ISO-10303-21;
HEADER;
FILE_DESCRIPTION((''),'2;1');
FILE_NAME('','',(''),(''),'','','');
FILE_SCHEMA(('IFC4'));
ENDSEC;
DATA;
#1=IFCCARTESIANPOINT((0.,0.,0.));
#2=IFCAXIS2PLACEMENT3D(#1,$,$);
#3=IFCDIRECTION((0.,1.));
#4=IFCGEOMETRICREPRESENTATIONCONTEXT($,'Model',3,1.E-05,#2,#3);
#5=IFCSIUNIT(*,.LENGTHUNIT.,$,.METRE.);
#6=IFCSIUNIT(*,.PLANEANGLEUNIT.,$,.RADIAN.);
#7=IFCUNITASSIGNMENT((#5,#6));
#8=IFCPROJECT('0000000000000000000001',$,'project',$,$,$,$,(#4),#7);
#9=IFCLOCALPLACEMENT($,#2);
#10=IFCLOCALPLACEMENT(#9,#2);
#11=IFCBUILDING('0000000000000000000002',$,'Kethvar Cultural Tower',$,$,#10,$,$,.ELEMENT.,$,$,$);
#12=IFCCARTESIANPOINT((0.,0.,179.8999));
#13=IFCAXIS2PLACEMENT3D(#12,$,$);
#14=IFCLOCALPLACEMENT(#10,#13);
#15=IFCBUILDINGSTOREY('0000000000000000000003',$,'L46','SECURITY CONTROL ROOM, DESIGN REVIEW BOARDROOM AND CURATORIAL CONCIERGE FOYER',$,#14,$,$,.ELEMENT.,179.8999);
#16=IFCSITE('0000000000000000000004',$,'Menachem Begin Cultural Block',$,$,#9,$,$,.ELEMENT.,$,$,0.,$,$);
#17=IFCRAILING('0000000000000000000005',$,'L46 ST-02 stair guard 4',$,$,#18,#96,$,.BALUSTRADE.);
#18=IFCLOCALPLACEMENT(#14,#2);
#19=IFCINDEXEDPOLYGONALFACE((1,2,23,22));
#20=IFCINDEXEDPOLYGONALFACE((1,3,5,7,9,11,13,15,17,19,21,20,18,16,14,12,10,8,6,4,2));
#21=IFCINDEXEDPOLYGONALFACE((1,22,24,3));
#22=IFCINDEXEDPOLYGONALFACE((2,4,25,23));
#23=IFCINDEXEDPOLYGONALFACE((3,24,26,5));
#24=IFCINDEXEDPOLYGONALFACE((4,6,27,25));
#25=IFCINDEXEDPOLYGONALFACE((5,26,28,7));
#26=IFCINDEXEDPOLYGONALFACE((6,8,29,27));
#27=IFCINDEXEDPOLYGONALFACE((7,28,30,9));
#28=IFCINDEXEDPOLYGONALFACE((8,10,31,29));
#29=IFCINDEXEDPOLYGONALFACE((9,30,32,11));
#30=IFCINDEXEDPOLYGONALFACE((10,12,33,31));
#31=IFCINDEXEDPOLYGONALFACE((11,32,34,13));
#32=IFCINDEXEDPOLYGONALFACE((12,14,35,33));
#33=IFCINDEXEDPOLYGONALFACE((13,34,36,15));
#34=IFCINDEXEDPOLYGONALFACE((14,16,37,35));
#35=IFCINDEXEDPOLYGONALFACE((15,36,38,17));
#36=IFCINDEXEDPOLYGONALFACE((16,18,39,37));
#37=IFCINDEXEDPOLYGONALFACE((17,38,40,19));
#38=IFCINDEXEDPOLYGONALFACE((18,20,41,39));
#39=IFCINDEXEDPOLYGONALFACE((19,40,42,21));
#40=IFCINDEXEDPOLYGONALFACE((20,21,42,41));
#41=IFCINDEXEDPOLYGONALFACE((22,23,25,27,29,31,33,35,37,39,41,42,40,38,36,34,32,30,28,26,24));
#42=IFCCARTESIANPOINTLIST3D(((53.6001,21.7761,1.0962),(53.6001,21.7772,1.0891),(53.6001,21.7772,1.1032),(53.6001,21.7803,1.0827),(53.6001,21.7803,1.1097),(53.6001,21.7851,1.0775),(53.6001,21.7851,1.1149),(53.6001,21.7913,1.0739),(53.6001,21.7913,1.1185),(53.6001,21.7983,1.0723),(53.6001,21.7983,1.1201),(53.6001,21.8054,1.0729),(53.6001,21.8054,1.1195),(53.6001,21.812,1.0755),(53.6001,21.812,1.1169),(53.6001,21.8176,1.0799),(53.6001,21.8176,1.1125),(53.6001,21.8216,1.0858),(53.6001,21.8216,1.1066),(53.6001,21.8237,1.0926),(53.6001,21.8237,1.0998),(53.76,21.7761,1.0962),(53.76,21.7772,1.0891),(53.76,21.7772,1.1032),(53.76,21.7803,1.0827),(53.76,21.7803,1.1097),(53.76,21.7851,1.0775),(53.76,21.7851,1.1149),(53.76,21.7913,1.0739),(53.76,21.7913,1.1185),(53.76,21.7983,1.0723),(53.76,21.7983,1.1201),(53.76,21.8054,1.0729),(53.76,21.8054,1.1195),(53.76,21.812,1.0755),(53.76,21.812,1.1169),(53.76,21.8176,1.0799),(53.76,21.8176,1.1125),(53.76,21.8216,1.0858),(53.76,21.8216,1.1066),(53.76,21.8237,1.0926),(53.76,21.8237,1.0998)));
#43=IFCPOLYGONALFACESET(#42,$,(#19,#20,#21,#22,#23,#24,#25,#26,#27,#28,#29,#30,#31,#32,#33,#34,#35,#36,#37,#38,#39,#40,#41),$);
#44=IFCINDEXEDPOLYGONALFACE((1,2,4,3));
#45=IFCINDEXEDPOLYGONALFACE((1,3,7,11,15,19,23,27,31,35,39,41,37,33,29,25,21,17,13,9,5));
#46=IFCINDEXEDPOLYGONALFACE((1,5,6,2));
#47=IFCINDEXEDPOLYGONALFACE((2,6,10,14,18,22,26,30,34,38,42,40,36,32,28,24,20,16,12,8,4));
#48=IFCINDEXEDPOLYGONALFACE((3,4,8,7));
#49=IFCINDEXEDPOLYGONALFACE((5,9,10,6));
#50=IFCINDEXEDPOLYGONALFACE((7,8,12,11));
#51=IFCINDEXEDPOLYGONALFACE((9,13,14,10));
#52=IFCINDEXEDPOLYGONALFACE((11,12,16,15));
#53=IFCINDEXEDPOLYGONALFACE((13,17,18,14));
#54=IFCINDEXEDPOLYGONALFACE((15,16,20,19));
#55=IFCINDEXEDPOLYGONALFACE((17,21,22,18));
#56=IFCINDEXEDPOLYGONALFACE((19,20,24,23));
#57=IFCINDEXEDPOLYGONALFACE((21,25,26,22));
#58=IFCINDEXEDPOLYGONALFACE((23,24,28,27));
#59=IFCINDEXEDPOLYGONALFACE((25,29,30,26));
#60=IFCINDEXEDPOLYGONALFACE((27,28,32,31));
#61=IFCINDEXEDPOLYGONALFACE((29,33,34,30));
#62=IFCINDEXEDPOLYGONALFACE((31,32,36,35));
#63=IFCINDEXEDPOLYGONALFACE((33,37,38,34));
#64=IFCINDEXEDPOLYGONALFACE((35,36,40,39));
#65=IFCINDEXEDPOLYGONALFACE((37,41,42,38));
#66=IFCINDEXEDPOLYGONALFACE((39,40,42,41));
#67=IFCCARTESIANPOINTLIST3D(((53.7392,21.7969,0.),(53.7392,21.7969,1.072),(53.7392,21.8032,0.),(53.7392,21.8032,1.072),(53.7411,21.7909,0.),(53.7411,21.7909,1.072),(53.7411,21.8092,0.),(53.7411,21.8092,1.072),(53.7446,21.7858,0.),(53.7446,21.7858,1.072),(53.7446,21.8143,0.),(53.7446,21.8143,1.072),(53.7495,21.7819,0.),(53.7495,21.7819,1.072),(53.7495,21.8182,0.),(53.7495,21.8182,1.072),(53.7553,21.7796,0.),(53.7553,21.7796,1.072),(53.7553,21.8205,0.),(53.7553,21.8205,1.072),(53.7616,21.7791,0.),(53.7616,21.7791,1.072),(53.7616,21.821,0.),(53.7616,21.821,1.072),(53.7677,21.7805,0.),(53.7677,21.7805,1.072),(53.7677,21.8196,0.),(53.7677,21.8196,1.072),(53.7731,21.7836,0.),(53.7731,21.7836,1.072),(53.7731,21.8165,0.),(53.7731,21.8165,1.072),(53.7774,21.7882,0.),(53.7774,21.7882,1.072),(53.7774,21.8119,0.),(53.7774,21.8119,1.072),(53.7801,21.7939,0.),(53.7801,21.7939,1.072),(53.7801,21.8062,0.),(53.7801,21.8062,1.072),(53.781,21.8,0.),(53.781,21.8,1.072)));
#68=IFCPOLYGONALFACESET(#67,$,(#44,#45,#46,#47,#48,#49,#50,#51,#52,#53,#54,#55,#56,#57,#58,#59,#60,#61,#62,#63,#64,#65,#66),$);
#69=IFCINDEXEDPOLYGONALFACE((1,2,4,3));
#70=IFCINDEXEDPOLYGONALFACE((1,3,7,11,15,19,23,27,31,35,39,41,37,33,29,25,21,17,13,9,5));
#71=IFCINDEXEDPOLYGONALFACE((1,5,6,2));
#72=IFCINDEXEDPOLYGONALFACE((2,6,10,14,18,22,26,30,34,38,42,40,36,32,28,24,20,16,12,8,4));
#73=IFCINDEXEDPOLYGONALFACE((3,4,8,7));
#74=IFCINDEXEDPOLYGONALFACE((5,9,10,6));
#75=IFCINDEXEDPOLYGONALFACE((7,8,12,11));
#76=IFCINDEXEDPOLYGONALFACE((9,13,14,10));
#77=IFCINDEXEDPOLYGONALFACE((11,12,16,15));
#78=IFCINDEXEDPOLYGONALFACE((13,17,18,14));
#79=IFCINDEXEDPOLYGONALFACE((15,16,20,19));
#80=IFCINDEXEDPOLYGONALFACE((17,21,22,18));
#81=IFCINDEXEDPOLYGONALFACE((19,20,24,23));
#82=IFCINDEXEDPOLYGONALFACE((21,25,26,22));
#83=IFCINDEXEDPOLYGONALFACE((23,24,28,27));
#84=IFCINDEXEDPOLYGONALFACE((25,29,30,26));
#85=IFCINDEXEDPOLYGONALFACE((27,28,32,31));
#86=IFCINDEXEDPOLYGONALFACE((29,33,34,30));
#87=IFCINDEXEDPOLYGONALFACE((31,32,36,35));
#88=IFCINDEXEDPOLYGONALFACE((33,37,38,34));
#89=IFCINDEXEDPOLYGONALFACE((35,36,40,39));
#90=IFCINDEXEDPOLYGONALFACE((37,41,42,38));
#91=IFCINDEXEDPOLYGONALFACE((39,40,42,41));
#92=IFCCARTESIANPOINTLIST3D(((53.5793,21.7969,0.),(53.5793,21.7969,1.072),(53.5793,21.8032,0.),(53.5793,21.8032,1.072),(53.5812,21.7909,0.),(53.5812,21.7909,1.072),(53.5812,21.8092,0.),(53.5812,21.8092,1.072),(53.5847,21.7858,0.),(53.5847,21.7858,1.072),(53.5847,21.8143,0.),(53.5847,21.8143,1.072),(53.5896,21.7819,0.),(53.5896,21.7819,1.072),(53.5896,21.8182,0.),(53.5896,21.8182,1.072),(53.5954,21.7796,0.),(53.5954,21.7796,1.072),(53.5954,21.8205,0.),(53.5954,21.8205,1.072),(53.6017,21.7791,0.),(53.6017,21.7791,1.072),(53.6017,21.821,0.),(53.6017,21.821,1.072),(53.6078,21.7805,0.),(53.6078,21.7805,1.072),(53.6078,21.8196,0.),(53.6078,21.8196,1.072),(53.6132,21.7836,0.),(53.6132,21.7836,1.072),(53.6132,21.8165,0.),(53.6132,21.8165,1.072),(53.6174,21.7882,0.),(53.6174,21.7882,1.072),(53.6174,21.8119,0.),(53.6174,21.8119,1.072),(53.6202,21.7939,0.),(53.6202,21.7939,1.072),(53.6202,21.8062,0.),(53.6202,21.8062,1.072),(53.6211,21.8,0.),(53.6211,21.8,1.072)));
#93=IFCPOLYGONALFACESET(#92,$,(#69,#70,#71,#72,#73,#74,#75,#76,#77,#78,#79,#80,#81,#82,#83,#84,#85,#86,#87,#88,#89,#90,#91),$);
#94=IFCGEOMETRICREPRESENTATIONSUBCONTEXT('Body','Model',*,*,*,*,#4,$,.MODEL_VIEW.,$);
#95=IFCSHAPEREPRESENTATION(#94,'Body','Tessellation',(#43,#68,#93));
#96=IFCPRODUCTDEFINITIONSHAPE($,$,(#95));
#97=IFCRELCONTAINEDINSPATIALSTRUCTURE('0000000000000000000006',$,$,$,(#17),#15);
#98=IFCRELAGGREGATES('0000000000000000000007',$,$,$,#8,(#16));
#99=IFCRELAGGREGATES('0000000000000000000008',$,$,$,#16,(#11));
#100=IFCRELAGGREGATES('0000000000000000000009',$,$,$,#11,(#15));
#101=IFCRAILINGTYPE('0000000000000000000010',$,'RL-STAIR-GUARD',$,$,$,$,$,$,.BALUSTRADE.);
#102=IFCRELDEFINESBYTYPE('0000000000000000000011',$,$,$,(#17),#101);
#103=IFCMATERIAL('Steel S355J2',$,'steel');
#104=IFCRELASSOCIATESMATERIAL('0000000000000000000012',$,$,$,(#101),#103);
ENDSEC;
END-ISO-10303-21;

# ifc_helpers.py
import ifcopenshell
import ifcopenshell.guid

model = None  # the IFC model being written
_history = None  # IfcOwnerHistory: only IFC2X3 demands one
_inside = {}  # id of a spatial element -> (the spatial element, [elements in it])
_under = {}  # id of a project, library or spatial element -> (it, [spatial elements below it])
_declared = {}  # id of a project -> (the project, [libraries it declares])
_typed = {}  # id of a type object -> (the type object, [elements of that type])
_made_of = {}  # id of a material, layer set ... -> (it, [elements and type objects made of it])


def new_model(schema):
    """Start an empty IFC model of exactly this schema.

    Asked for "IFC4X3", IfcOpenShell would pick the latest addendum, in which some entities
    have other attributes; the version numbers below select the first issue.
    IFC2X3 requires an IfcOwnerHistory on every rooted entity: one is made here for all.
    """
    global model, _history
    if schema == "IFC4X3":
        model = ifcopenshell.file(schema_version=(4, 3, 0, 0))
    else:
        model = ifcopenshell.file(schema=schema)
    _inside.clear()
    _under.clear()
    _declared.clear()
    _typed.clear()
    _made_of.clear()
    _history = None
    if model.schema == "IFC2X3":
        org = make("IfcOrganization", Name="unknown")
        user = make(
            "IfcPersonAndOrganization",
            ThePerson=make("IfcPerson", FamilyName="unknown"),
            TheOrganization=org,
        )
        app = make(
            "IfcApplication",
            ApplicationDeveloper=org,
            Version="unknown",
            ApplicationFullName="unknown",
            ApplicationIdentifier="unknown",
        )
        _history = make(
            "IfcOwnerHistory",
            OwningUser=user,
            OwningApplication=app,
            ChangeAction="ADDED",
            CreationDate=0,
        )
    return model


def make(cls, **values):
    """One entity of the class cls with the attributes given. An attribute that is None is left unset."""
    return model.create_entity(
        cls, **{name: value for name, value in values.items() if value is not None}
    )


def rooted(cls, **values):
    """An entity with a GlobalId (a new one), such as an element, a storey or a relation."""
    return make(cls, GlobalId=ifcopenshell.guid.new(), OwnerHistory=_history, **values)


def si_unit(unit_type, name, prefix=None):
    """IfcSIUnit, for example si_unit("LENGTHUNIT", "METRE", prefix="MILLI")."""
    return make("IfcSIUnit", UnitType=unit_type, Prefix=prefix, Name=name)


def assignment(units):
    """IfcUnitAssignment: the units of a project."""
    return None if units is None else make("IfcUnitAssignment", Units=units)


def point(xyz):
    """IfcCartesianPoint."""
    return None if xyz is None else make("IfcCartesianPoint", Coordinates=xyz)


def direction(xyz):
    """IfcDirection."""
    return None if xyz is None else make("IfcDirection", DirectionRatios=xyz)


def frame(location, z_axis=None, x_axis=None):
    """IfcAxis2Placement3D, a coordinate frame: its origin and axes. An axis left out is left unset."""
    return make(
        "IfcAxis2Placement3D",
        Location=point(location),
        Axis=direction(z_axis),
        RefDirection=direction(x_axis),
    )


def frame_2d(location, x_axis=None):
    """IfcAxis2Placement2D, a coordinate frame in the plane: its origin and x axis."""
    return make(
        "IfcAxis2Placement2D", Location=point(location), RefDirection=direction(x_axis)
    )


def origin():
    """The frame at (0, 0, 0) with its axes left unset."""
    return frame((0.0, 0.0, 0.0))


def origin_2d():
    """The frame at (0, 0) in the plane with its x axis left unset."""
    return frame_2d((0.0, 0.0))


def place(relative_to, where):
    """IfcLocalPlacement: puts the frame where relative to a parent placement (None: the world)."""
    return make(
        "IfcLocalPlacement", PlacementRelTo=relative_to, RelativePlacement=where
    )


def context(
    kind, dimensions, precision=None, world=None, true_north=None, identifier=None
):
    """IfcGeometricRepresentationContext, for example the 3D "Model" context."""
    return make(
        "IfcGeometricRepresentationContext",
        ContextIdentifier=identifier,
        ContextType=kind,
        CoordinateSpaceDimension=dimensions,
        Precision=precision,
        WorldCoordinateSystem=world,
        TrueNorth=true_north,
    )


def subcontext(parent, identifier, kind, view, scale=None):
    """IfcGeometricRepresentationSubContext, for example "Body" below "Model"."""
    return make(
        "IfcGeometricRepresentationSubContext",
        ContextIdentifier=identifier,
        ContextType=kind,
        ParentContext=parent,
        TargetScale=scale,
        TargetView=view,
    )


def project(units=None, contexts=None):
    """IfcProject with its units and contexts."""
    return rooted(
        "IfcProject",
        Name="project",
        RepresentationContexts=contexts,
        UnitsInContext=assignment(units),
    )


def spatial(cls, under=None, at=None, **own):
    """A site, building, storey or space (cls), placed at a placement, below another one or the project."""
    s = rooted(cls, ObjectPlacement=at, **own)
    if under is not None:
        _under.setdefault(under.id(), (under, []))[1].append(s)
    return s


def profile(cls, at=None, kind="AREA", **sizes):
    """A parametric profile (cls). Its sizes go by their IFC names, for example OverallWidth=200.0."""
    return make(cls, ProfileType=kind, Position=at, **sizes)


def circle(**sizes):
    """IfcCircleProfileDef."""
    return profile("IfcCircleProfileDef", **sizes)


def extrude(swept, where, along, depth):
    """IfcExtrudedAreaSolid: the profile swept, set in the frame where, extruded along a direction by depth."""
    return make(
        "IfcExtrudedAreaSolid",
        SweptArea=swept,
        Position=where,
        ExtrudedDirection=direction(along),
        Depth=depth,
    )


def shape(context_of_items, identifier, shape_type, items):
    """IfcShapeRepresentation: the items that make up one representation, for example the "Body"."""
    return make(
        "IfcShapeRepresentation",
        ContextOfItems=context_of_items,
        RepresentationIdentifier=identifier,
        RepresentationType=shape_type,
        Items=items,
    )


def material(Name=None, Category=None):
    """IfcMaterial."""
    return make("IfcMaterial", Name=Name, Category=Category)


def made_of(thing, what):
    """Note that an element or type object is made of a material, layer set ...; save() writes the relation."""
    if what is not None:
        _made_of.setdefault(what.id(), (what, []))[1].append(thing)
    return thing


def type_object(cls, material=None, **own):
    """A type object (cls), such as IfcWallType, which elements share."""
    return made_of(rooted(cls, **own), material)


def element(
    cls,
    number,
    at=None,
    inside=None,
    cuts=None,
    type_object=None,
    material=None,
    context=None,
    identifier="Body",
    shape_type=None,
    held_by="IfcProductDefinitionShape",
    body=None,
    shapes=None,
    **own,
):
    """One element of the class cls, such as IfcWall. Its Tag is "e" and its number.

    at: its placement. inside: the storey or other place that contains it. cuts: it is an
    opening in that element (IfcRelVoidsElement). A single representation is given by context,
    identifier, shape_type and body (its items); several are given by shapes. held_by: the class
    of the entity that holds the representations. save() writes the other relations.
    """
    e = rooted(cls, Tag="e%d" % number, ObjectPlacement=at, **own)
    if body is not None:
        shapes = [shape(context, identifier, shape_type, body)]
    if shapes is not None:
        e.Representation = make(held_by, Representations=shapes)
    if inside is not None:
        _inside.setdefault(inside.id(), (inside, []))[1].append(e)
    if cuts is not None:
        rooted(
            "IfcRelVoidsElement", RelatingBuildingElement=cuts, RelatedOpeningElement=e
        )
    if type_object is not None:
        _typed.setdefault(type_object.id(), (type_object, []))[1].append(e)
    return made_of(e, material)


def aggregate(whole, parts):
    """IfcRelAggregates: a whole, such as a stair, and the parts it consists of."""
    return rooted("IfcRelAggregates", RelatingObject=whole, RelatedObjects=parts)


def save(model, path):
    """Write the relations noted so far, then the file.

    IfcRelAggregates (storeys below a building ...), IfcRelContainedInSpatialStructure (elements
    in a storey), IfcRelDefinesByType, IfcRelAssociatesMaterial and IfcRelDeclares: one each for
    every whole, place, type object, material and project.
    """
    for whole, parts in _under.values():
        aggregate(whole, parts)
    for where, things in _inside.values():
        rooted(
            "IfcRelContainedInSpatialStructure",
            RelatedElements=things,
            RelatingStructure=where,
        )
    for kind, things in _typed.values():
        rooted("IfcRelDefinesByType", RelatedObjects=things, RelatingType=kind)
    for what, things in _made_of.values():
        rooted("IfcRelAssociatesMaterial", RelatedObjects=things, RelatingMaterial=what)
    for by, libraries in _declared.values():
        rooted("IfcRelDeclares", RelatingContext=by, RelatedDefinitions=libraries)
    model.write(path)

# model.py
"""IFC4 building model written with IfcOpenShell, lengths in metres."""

from ifc_helpers import new_model, si_unit, direction, frame, origin, origin_2d, place, context, subcontext, project, spatial, circle, extrude, material, type_object, element, save


model = new_model("IFC4")

# Units and contexts
model_context = context("Model", 3, precision=1e-05, world=origin(), true_north=direction((0.0, 1.0)))
body_context = subcontext(model_context, "Body", "Model", "MODEL_VIEW")
ifc_project = project(units=[si_unit("LENGTHUNIT", "METRE"), si_unit("PLANEANGLEUNIT", "RADIAN")], contexts=[model_context])

# Site, building, storey
site_placement = place(None, origin())
site = spatial("IfcSite", under=ifc_project, at=site_placement, Name="Menachem Begin Cultural Block", CompositionType="ELEMENT", RefElevation=0.0)
building_placement = place(site_placement, origin())
building = spatial("IfcBuilding", under=site, at=building_placement, Name="Kethvar Cultural Tower", CompositionType="ELEMENT")
storey_placement = place(building_placement, frame((0.0, 0.0, 179.8999)))
storey = spatial("IfcBuildingStorey", under=building, at=storey_placement, Name="L46", Description="SECURITY CONTROL ROOM, DESIGN REVIEW BOARDROOM AND CURATORIAL CONCIERGE FOYER", CompositionType="ELEMENT", Elevation=179.8999)

# Shared definitions
ifc_material_1 = material(Name="Steel S355J2", Category="steel")

# Railing
railing_type_1 = type_object("IfcRailingType", Name="RL-STAIR-GUARD", PredefinedType="BALUSTRADE", material=ifc_material_1)
railing_1_placement = place(storey_placement, frame((53.76, 21.8, 0.0)))
element("IfcRailing", 1, at=railing_1_placement, inside=storey, type_object=railing_type_1, Name="L46 ST-02 stair guard 4", PredefinedType="BALUSTRADE", context=body_context, shape_type="SweptSolid", body=[
    extrude(circle(Radius=0.0239, at=origin_2d()), frame((0.0, 0.0, 1.0962), z_axis=(-1.0, 0.0, 0.0), x_axis=(0.0, -1.0, 0.0)), (0.0, 0.0, 1.0), 0.1599),
    extrude(circle(Radius=0.021, at=origin_2d()), origin(), (0.0, 0.0, 1.0), 1.072),
    extrude(circle(Radius=0.021, at=origin_2d()), frame((-0.1599, 0.0, 0.0)), (0.0, 0.0, 1.0), 1.072),
])

save(model, "model.ifc")
